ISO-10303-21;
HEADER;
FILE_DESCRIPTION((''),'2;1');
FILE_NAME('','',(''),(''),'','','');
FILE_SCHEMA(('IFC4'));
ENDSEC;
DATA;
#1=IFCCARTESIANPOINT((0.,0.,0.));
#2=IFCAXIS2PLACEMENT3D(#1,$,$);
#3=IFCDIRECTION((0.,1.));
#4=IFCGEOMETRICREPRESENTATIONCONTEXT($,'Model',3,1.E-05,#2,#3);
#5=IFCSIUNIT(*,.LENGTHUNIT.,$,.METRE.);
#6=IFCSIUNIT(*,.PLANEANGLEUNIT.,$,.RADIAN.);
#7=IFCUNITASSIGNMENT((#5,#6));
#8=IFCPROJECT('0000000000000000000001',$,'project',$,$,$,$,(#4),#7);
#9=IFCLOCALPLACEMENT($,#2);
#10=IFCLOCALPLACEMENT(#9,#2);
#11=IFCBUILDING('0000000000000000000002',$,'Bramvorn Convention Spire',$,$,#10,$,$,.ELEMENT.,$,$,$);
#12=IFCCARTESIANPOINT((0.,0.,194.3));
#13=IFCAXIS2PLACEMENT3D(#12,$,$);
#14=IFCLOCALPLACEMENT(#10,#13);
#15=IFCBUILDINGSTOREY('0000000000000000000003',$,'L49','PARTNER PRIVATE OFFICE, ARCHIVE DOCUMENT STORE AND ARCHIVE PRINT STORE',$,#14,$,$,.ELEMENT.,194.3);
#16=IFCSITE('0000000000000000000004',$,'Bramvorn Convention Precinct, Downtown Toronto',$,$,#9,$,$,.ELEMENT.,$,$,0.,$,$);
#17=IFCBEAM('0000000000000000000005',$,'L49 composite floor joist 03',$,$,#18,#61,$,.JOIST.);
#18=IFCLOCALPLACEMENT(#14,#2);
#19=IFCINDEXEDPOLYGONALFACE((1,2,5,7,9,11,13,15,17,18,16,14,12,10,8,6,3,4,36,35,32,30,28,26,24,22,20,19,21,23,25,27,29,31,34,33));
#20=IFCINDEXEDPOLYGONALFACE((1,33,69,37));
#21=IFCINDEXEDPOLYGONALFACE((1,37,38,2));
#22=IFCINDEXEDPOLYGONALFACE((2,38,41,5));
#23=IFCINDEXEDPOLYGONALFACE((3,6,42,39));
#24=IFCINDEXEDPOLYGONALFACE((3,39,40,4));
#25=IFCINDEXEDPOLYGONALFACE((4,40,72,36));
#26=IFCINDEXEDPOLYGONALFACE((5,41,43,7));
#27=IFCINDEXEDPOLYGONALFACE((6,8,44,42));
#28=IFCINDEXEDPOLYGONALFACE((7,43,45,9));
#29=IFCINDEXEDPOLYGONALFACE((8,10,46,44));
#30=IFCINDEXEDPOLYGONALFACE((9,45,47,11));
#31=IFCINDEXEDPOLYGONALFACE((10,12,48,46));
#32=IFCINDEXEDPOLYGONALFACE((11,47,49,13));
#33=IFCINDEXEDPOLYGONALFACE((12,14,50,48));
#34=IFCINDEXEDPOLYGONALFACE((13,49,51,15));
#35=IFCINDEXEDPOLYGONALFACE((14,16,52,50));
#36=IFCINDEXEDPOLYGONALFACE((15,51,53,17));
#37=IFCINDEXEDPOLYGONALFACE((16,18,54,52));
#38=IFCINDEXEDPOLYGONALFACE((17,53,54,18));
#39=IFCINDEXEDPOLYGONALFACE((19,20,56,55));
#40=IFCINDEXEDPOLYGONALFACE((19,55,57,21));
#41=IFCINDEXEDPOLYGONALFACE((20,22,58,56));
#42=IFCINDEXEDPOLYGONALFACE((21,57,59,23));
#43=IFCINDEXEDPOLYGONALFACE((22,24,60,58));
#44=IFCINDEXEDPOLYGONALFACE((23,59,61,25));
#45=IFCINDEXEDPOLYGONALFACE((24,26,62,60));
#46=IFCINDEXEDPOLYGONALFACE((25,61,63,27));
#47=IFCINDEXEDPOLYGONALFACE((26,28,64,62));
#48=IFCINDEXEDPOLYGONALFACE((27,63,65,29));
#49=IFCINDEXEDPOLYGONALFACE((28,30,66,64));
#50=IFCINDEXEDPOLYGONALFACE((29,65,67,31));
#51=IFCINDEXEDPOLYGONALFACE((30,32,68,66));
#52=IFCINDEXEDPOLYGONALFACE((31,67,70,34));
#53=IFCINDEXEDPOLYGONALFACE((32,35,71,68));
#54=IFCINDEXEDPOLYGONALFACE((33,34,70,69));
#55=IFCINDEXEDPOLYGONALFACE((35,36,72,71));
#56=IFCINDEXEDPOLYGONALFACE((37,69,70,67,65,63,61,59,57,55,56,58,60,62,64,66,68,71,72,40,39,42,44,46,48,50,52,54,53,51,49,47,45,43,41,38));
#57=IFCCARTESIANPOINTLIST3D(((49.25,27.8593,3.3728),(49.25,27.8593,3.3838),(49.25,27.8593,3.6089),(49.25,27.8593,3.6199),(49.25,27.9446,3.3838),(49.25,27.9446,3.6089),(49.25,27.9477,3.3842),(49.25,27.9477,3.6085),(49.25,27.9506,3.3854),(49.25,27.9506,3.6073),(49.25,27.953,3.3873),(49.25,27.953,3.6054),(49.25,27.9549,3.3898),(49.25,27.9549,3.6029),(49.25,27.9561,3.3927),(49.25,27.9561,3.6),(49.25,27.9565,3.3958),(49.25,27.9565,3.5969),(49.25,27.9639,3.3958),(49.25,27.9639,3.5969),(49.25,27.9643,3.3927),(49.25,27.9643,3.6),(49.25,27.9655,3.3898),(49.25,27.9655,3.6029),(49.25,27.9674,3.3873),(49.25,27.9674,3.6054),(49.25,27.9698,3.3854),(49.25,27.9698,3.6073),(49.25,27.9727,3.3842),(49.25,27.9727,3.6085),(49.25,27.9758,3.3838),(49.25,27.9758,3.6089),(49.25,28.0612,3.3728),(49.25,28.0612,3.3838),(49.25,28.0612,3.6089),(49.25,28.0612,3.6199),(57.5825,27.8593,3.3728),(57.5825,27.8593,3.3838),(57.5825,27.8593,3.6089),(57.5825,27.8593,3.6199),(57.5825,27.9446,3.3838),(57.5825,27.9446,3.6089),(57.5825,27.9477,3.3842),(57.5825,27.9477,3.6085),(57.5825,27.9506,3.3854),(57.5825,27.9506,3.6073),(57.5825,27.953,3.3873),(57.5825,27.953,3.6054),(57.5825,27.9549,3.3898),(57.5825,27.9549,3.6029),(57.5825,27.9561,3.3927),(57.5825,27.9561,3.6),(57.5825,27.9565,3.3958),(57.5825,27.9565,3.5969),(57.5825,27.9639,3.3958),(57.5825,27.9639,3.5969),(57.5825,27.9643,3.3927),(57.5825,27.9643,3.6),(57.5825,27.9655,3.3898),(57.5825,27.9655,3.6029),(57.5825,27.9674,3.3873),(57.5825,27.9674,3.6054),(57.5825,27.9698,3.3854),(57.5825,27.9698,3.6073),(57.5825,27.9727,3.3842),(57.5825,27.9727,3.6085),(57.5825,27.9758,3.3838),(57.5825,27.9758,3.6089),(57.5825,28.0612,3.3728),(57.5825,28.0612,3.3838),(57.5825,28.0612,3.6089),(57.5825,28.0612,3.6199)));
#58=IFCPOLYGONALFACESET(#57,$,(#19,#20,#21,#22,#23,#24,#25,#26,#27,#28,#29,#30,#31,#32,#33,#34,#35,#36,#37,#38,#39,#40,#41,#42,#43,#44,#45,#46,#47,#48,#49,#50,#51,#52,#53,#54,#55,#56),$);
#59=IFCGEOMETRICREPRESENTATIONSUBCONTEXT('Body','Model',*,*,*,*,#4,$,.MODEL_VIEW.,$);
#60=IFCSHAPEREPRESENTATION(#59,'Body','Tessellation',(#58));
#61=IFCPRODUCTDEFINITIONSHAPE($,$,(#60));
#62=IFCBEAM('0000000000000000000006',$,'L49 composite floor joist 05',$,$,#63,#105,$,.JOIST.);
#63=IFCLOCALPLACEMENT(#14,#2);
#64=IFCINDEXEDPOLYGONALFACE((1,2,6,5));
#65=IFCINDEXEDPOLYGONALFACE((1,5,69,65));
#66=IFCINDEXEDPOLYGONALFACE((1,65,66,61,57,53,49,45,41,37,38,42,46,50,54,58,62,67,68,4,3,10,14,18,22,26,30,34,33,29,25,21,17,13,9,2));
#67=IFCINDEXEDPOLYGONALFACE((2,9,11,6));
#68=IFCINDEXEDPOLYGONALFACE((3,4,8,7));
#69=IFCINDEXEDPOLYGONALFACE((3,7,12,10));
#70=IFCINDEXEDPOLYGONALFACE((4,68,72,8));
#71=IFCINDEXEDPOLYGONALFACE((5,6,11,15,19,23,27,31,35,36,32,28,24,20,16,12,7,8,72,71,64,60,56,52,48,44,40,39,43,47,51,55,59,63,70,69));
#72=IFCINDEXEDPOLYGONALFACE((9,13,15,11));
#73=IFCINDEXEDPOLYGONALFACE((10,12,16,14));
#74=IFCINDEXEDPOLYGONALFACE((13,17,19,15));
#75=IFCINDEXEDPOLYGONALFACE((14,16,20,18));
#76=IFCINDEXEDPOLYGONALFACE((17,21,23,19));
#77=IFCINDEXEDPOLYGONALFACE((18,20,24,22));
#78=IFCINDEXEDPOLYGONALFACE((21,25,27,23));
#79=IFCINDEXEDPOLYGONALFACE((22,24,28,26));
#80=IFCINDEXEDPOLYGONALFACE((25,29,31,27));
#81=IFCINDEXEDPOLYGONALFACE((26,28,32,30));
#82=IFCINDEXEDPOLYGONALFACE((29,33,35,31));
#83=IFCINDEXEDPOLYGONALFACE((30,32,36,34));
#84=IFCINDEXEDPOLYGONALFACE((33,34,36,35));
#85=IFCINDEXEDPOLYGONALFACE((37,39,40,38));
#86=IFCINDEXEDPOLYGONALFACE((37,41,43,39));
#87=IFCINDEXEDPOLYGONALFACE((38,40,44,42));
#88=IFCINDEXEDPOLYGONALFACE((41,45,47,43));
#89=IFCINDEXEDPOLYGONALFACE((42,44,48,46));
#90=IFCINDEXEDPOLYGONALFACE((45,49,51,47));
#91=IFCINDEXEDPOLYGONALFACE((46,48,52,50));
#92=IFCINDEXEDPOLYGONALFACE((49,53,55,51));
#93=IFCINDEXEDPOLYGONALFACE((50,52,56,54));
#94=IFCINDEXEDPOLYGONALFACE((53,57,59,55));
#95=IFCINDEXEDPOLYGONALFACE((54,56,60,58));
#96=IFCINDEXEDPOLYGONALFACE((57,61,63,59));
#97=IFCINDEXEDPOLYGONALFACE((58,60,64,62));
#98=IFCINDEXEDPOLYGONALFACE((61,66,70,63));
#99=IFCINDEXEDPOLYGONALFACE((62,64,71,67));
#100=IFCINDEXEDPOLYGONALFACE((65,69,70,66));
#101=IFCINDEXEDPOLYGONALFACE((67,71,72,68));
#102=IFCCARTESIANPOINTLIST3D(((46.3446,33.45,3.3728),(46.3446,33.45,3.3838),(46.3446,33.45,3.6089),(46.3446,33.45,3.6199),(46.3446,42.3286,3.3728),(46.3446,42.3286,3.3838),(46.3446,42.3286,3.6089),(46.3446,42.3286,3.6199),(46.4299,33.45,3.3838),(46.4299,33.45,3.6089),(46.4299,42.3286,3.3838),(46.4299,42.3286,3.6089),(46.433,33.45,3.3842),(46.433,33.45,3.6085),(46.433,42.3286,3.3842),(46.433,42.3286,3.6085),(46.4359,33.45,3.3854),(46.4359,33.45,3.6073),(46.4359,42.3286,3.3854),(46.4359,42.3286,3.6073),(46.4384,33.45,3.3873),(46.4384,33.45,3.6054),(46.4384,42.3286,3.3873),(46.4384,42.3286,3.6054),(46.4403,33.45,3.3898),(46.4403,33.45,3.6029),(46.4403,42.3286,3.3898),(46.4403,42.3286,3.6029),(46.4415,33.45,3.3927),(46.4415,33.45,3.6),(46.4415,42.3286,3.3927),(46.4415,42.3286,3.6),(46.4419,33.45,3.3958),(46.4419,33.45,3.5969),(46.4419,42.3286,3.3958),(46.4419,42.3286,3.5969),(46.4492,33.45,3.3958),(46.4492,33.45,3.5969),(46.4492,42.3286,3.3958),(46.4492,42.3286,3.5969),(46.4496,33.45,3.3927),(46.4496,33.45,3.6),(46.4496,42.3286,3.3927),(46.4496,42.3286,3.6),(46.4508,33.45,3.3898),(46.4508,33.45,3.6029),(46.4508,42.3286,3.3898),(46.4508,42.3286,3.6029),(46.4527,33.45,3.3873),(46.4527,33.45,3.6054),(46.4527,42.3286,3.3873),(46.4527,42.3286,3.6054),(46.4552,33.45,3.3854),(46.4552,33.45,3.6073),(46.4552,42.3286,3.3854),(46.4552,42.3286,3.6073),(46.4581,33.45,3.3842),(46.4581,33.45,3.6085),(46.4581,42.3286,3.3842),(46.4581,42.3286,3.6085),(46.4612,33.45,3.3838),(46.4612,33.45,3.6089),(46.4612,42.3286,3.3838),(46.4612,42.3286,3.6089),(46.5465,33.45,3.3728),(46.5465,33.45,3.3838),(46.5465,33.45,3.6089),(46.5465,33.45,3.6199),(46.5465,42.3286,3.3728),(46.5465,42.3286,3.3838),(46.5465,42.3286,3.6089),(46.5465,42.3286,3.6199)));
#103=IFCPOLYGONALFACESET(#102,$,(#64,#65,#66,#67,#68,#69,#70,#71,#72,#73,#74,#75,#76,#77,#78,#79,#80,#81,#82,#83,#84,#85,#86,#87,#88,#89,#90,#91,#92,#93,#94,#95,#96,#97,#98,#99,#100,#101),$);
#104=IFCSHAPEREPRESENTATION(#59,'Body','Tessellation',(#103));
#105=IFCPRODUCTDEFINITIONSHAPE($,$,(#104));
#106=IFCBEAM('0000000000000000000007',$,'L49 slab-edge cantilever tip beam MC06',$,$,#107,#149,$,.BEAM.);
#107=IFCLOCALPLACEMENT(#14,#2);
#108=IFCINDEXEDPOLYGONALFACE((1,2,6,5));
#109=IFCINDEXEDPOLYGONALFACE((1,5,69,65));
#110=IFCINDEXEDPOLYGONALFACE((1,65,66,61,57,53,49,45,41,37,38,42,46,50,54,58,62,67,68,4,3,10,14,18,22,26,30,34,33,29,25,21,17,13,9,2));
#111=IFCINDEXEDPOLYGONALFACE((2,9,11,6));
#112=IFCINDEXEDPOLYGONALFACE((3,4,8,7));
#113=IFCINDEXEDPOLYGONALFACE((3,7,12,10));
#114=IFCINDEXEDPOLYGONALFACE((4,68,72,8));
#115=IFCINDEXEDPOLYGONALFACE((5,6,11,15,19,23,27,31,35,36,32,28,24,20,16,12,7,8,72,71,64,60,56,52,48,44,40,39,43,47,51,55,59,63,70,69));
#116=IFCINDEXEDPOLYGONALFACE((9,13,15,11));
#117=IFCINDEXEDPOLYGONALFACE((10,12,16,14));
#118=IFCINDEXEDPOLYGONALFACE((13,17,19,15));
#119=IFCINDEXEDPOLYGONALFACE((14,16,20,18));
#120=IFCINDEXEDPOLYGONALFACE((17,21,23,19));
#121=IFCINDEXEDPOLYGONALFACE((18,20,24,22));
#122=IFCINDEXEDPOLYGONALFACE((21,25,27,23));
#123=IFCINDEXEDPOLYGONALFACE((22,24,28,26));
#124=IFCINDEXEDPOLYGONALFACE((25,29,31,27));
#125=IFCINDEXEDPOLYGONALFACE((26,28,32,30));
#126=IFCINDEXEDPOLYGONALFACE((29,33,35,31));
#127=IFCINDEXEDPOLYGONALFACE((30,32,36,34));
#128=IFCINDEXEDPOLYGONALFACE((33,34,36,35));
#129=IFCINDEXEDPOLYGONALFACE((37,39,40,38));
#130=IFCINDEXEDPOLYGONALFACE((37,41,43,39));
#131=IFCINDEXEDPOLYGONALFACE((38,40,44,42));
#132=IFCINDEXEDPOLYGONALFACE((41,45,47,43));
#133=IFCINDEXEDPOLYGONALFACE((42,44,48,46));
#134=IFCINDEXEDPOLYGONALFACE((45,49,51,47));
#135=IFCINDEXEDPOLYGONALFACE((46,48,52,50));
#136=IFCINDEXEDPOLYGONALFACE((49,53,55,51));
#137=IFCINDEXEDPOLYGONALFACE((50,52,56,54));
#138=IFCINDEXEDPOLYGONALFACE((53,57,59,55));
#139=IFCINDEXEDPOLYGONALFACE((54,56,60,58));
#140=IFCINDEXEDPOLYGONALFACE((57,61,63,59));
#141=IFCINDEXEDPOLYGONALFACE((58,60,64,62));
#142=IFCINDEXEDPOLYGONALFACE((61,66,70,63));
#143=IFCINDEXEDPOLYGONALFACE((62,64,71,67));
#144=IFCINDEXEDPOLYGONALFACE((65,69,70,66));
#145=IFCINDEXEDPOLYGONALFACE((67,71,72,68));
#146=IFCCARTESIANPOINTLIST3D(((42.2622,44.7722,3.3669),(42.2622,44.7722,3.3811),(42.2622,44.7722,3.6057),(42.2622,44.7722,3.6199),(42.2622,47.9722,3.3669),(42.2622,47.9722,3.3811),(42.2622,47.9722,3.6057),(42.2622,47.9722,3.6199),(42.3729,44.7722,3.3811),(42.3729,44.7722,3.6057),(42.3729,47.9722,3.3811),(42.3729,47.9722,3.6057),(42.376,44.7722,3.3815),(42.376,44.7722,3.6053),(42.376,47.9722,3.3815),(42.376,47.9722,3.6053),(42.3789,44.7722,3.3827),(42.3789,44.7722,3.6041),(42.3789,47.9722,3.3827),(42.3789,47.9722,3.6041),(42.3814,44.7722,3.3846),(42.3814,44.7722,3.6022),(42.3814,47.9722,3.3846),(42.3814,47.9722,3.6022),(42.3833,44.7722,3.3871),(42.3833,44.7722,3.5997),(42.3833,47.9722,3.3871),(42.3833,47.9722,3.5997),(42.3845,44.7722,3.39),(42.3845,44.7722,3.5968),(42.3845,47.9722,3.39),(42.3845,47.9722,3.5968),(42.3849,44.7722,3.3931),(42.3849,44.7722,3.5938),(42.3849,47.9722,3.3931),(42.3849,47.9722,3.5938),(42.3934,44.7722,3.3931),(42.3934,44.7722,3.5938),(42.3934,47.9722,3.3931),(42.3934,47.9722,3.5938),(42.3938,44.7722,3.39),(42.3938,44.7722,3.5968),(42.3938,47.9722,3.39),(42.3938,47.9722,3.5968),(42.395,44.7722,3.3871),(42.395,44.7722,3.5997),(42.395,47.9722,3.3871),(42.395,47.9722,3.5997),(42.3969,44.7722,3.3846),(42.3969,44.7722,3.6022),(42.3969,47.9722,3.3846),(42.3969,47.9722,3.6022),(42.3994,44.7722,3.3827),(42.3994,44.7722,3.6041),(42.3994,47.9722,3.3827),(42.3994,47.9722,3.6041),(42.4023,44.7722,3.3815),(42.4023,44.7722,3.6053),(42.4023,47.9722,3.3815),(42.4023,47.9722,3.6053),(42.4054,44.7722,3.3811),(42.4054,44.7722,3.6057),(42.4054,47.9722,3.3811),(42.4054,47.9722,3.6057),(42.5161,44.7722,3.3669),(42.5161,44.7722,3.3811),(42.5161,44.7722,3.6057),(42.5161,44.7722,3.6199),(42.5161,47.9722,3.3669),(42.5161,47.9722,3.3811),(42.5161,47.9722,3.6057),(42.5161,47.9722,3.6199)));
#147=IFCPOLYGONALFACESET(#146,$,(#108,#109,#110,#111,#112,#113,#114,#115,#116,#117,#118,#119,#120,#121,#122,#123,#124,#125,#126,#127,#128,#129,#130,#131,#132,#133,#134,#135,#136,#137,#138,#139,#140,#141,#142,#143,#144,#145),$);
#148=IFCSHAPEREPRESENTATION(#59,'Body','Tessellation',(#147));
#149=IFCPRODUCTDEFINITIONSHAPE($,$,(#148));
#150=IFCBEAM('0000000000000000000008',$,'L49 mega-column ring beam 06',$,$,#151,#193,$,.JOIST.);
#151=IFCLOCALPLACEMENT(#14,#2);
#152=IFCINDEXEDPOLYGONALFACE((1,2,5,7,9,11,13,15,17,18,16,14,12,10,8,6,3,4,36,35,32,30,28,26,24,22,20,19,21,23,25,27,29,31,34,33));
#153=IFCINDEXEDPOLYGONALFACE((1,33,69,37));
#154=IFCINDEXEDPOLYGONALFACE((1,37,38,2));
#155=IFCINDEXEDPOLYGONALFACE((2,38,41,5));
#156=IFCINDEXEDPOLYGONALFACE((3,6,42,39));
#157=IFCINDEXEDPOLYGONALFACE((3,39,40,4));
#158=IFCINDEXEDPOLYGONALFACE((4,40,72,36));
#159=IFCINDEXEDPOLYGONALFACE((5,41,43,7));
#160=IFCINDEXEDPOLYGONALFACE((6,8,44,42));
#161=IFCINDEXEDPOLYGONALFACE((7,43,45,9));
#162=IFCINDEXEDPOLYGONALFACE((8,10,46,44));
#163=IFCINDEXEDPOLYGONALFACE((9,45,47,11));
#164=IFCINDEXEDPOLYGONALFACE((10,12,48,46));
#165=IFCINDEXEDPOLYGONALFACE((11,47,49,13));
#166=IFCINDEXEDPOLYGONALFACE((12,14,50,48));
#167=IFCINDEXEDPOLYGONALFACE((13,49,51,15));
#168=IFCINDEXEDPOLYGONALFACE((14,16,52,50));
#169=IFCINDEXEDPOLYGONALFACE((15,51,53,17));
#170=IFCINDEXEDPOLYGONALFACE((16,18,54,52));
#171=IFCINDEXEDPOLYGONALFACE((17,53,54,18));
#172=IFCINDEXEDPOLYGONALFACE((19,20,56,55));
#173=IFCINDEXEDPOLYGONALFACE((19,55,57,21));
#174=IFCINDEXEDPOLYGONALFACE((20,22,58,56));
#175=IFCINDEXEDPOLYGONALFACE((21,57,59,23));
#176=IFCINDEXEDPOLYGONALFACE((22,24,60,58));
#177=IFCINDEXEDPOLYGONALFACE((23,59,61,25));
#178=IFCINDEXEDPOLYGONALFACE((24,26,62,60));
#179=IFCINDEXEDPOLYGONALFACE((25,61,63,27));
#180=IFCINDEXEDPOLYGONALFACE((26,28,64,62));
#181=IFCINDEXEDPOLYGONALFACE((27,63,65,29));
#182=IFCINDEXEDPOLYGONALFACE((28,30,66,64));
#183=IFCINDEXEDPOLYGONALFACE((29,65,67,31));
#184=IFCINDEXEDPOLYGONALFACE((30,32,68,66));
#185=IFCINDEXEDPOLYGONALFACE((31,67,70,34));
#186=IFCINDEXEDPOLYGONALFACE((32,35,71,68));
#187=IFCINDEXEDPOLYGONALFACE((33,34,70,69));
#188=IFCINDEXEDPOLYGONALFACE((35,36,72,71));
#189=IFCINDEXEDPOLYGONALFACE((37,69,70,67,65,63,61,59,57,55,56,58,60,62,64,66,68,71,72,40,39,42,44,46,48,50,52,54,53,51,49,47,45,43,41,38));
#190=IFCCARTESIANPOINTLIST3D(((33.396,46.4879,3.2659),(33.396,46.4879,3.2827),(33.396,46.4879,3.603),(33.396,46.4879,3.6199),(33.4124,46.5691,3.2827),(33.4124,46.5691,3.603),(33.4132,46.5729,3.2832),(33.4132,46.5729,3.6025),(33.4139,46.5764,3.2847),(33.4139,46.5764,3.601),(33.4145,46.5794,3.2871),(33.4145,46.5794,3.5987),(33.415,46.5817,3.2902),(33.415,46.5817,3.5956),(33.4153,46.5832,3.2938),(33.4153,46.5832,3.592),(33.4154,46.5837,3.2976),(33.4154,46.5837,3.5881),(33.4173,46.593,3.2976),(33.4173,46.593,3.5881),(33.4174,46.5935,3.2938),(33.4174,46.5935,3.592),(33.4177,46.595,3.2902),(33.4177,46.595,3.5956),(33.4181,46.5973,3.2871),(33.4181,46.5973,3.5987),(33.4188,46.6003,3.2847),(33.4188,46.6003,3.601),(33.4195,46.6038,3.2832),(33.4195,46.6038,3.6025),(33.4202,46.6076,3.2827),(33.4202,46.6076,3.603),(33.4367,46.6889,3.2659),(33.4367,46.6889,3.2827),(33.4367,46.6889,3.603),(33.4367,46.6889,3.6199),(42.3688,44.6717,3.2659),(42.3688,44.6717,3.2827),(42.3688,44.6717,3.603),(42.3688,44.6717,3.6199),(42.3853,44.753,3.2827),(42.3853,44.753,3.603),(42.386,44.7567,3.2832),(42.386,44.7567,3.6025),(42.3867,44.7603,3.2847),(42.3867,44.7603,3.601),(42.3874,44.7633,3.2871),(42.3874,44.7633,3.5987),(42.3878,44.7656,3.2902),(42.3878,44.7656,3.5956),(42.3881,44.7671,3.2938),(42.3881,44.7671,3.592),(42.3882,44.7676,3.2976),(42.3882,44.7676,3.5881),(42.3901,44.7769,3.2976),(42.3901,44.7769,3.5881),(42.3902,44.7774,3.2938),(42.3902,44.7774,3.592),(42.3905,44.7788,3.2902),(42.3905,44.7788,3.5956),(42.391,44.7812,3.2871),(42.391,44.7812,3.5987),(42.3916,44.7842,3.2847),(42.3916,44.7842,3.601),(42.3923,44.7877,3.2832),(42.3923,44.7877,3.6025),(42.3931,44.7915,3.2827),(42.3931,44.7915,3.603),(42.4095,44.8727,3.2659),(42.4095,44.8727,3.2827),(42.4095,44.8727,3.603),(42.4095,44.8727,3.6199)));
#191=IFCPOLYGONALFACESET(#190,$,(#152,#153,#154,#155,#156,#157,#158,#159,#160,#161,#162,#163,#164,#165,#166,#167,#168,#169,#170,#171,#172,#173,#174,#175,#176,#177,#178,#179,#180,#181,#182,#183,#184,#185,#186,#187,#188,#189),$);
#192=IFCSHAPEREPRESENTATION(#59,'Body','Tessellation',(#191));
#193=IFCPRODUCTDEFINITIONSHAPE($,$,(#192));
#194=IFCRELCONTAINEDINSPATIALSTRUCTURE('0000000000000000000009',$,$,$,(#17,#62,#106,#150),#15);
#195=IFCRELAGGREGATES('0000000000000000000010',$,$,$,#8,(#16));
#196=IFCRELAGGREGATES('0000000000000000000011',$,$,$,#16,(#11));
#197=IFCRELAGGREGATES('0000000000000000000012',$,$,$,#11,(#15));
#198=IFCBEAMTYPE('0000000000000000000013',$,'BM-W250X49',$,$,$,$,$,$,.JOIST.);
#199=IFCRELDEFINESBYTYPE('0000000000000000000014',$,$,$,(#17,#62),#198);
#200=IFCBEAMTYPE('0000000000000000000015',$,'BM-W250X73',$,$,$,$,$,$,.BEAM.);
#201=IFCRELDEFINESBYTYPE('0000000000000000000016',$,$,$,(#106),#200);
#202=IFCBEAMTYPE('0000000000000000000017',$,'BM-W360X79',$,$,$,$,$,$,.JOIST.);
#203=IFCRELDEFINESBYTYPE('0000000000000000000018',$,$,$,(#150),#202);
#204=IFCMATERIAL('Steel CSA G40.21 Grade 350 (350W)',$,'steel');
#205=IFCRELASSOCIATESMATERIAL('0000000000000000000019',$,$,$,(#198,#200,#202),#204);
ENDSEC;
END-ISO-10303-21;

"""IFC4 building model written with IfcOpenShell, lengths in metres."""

from ifc_helpers import new_model, si_unit, direction, frame, origin, origin_2d, place, context, subcontext, project, spatial, i_section, extrude, material, material_profile, profile_set, type_object, element, save


model = new_model("IFC4")

# Units and contexts
model_context = context("Model", 3, precision=1e-05, world=origin(), true_north=direction((0.0, 1.0)))
body_context = subcontext(model_context, "Body", "Model", "MODEL_VIEW")
ifc_project = project(units=[si_unit("LENGTHUNIT", "METRE"), si_unit("PLANEANGLEUNIT", "RADIAN")], contexts=[model_context])

# Site, building, storey
site_placement = place(None, origin())
site = spatial("IfcSite", under=ifc_project, at=site_placement, Name="Bramvorn Convention Precinct, Downtown Toronto", CompositionType="ELEMENT", RefElevation=0.0)
building_placement = place(site_placement, origin())
building = spatial("IfcBuilding", under=site, at=building_placement, Name="Bramvorn Convention Spire", CompositionType="ELEMENT")
storey_placement = place(building_placement, frame((0.0, 0.0, 194.3)))
storey = spatial("IfcBuildingStorey", under=building, at=storey_placement, Name="L49", Description="PARTNER PRIVATE OFFICE, ARCHIVE DOCUMENT STORE AND ARCHIVE PRINT STORE", CompositionType="ELEMENT", Elevation=194.3)

# Shared definitions
ifc_material_1 = material(Name="Steel CSA G40.21 Grade 350 (350W)", Category="steel")

# Beams
ifc_material_profile_1 = material_profile(ifc_material_1, i_section(OverallWidth=0.2019, OverallDepth=0.2471, WebThickness=0.0073, FlangeThickness=0.011, FilletRadius=0.012, at=origin_2d()))
ifc_profile_set_1 = profile_set([ifc_material_profile_1], Name="Steel CSA G40.21 Grade 350 (350W) - W250X49")
beam_type_1 = type_object("IfcBeamType", Name="BM-W250X49", PredefinedType="JOIST", material=ifc_profile_set_1)
beam_1_placement = place(storey_placement, frame((49.25, 27.9602, 3.4963), z_axis=(1.0, 0.0, 0.0), x_axis=(0.0, 1.0, 0.0)))
element("IfcBeam", 1, at=beam_1_placement, inside=storey, type_object=beam_type_1, Name="L49 composite floor joist 03", PredefinedType="JOIST", context=body_context, shape_type="SweptSolid", body=[
    extrude(i_section(OverallWidth=0.2019, OverallDepth=0.2471, WebThickness=0.0073, FlangeThickness=0.011, FilletRadius=0.012, at=origin_2d()), origin(), (0.0, 0.0, 1.0), 8.3325),
])
beam_2_placement = place(storey_placement, frame((46.4456, 33.45, 3.4963), z_axis=(0.0, 1.0, 0.0), x_axis=(-1.0, 0.0, 0.0)))
element("IfcBeam", 2, at=beam_2_placement, inside=storey, type_object=beam_type_1, Name="L49 composite floor joist 05", PredefinedType="JOIST", context=body_context, shape_type="SweptSolid", body=[
    extrude(i_section(OverallWidth=0.2019, OverallDepth=0.2471, WebThickness=0.0073, FlangeThickness=0.011, FilletRadius=0.012, at=origin_2d()), origin(), (0.0, 0.0, 1.0), 8.8787),
])
ifc_material_profile_2 = material_profile(ifc_material_1, i_section(OverallWidth=0.2539, OverallDepth=0.2529, WebThickness=0.0085, FlangeThickness=0.0142, FilletRadius=0.012, at=origin_2d()))
ifc_profile_set_2 = profile_set([ifc_material_profile_2], Name="Steel CSA G40.21 Grade 350 (350W) - W250X73")
beam_type_2 = type_object("IfcBeamType", Name="BM-W250X73", PredefinedType="BEAM", material=ifc_profile_set_2)
beam_3_placement = place(storey_placement, frame((42.3892, 44.7722, 3.4934), z_axis=(0.0, 1.0, 0.0), x_axis=(-1.0, 0.0, 0.0)))
element("IfcBeam", 3, at=beam_3_placement, inside=storey, type_object=beam_type_2, Name="L49 slab-edge cantilever tip beam MC06", PredefinedType="BEAM", context=body_context, shape_type="SweptSolid", body=[
    extrude(i_section(OverallWidth=0.2539, OverallDepth=0.2529, WebThickness=0.0085, FlangeThickness=0.0142, FilletRadius=0.012, at=origin_2d()), origin(), (0.0, 0.0, 1.0), 3.2),
])
ifc_material_profile_3 = material_profile(ifc_material_1, i_section(OverallWidth=0.2051, OverallDepth=0.354, WebThickness=0.0095, FlangeThickness=0.0168, FilletRadius=0.0149, at=origin_2d()))
ifc_profile_set_3 = profile_set([ifc_material_profile_3], Name="Steel CSA G40.21 Grade 350 (350W) - W360X79")
beam_type_3 = type_object("IfcBeamType", Name="BM-W360X79", PredefinedType="JOIST", material=ifc_profile_set_3)
beam_4_placement = place(storey_placement, frame((42.3892, 44.7722, 3.4429), z_axis=(-0.980125, 0.198382, 0.0), x_axis=(-0.198382, -0.980125, 0.0)))
element("IfcBeam", 4, at=beam_4_placement, inside=storey, type_object=beam_type_3, Name="L49 mega-column ring beam 06", PredefinedType="JOIST", context=body_context, shape_type="SweptSolid", body=[
    extrude(i_section(OverallWidth=0.2051, OverallDepth=0.354, WebThickness=0.0095, FlangeThickness=0.0168, FilletRadius=0.0149, at=origin_2d()), origin(), (0.0, 0.0, 1.0), 9.1548),
])

save(model, "model.ifc")
